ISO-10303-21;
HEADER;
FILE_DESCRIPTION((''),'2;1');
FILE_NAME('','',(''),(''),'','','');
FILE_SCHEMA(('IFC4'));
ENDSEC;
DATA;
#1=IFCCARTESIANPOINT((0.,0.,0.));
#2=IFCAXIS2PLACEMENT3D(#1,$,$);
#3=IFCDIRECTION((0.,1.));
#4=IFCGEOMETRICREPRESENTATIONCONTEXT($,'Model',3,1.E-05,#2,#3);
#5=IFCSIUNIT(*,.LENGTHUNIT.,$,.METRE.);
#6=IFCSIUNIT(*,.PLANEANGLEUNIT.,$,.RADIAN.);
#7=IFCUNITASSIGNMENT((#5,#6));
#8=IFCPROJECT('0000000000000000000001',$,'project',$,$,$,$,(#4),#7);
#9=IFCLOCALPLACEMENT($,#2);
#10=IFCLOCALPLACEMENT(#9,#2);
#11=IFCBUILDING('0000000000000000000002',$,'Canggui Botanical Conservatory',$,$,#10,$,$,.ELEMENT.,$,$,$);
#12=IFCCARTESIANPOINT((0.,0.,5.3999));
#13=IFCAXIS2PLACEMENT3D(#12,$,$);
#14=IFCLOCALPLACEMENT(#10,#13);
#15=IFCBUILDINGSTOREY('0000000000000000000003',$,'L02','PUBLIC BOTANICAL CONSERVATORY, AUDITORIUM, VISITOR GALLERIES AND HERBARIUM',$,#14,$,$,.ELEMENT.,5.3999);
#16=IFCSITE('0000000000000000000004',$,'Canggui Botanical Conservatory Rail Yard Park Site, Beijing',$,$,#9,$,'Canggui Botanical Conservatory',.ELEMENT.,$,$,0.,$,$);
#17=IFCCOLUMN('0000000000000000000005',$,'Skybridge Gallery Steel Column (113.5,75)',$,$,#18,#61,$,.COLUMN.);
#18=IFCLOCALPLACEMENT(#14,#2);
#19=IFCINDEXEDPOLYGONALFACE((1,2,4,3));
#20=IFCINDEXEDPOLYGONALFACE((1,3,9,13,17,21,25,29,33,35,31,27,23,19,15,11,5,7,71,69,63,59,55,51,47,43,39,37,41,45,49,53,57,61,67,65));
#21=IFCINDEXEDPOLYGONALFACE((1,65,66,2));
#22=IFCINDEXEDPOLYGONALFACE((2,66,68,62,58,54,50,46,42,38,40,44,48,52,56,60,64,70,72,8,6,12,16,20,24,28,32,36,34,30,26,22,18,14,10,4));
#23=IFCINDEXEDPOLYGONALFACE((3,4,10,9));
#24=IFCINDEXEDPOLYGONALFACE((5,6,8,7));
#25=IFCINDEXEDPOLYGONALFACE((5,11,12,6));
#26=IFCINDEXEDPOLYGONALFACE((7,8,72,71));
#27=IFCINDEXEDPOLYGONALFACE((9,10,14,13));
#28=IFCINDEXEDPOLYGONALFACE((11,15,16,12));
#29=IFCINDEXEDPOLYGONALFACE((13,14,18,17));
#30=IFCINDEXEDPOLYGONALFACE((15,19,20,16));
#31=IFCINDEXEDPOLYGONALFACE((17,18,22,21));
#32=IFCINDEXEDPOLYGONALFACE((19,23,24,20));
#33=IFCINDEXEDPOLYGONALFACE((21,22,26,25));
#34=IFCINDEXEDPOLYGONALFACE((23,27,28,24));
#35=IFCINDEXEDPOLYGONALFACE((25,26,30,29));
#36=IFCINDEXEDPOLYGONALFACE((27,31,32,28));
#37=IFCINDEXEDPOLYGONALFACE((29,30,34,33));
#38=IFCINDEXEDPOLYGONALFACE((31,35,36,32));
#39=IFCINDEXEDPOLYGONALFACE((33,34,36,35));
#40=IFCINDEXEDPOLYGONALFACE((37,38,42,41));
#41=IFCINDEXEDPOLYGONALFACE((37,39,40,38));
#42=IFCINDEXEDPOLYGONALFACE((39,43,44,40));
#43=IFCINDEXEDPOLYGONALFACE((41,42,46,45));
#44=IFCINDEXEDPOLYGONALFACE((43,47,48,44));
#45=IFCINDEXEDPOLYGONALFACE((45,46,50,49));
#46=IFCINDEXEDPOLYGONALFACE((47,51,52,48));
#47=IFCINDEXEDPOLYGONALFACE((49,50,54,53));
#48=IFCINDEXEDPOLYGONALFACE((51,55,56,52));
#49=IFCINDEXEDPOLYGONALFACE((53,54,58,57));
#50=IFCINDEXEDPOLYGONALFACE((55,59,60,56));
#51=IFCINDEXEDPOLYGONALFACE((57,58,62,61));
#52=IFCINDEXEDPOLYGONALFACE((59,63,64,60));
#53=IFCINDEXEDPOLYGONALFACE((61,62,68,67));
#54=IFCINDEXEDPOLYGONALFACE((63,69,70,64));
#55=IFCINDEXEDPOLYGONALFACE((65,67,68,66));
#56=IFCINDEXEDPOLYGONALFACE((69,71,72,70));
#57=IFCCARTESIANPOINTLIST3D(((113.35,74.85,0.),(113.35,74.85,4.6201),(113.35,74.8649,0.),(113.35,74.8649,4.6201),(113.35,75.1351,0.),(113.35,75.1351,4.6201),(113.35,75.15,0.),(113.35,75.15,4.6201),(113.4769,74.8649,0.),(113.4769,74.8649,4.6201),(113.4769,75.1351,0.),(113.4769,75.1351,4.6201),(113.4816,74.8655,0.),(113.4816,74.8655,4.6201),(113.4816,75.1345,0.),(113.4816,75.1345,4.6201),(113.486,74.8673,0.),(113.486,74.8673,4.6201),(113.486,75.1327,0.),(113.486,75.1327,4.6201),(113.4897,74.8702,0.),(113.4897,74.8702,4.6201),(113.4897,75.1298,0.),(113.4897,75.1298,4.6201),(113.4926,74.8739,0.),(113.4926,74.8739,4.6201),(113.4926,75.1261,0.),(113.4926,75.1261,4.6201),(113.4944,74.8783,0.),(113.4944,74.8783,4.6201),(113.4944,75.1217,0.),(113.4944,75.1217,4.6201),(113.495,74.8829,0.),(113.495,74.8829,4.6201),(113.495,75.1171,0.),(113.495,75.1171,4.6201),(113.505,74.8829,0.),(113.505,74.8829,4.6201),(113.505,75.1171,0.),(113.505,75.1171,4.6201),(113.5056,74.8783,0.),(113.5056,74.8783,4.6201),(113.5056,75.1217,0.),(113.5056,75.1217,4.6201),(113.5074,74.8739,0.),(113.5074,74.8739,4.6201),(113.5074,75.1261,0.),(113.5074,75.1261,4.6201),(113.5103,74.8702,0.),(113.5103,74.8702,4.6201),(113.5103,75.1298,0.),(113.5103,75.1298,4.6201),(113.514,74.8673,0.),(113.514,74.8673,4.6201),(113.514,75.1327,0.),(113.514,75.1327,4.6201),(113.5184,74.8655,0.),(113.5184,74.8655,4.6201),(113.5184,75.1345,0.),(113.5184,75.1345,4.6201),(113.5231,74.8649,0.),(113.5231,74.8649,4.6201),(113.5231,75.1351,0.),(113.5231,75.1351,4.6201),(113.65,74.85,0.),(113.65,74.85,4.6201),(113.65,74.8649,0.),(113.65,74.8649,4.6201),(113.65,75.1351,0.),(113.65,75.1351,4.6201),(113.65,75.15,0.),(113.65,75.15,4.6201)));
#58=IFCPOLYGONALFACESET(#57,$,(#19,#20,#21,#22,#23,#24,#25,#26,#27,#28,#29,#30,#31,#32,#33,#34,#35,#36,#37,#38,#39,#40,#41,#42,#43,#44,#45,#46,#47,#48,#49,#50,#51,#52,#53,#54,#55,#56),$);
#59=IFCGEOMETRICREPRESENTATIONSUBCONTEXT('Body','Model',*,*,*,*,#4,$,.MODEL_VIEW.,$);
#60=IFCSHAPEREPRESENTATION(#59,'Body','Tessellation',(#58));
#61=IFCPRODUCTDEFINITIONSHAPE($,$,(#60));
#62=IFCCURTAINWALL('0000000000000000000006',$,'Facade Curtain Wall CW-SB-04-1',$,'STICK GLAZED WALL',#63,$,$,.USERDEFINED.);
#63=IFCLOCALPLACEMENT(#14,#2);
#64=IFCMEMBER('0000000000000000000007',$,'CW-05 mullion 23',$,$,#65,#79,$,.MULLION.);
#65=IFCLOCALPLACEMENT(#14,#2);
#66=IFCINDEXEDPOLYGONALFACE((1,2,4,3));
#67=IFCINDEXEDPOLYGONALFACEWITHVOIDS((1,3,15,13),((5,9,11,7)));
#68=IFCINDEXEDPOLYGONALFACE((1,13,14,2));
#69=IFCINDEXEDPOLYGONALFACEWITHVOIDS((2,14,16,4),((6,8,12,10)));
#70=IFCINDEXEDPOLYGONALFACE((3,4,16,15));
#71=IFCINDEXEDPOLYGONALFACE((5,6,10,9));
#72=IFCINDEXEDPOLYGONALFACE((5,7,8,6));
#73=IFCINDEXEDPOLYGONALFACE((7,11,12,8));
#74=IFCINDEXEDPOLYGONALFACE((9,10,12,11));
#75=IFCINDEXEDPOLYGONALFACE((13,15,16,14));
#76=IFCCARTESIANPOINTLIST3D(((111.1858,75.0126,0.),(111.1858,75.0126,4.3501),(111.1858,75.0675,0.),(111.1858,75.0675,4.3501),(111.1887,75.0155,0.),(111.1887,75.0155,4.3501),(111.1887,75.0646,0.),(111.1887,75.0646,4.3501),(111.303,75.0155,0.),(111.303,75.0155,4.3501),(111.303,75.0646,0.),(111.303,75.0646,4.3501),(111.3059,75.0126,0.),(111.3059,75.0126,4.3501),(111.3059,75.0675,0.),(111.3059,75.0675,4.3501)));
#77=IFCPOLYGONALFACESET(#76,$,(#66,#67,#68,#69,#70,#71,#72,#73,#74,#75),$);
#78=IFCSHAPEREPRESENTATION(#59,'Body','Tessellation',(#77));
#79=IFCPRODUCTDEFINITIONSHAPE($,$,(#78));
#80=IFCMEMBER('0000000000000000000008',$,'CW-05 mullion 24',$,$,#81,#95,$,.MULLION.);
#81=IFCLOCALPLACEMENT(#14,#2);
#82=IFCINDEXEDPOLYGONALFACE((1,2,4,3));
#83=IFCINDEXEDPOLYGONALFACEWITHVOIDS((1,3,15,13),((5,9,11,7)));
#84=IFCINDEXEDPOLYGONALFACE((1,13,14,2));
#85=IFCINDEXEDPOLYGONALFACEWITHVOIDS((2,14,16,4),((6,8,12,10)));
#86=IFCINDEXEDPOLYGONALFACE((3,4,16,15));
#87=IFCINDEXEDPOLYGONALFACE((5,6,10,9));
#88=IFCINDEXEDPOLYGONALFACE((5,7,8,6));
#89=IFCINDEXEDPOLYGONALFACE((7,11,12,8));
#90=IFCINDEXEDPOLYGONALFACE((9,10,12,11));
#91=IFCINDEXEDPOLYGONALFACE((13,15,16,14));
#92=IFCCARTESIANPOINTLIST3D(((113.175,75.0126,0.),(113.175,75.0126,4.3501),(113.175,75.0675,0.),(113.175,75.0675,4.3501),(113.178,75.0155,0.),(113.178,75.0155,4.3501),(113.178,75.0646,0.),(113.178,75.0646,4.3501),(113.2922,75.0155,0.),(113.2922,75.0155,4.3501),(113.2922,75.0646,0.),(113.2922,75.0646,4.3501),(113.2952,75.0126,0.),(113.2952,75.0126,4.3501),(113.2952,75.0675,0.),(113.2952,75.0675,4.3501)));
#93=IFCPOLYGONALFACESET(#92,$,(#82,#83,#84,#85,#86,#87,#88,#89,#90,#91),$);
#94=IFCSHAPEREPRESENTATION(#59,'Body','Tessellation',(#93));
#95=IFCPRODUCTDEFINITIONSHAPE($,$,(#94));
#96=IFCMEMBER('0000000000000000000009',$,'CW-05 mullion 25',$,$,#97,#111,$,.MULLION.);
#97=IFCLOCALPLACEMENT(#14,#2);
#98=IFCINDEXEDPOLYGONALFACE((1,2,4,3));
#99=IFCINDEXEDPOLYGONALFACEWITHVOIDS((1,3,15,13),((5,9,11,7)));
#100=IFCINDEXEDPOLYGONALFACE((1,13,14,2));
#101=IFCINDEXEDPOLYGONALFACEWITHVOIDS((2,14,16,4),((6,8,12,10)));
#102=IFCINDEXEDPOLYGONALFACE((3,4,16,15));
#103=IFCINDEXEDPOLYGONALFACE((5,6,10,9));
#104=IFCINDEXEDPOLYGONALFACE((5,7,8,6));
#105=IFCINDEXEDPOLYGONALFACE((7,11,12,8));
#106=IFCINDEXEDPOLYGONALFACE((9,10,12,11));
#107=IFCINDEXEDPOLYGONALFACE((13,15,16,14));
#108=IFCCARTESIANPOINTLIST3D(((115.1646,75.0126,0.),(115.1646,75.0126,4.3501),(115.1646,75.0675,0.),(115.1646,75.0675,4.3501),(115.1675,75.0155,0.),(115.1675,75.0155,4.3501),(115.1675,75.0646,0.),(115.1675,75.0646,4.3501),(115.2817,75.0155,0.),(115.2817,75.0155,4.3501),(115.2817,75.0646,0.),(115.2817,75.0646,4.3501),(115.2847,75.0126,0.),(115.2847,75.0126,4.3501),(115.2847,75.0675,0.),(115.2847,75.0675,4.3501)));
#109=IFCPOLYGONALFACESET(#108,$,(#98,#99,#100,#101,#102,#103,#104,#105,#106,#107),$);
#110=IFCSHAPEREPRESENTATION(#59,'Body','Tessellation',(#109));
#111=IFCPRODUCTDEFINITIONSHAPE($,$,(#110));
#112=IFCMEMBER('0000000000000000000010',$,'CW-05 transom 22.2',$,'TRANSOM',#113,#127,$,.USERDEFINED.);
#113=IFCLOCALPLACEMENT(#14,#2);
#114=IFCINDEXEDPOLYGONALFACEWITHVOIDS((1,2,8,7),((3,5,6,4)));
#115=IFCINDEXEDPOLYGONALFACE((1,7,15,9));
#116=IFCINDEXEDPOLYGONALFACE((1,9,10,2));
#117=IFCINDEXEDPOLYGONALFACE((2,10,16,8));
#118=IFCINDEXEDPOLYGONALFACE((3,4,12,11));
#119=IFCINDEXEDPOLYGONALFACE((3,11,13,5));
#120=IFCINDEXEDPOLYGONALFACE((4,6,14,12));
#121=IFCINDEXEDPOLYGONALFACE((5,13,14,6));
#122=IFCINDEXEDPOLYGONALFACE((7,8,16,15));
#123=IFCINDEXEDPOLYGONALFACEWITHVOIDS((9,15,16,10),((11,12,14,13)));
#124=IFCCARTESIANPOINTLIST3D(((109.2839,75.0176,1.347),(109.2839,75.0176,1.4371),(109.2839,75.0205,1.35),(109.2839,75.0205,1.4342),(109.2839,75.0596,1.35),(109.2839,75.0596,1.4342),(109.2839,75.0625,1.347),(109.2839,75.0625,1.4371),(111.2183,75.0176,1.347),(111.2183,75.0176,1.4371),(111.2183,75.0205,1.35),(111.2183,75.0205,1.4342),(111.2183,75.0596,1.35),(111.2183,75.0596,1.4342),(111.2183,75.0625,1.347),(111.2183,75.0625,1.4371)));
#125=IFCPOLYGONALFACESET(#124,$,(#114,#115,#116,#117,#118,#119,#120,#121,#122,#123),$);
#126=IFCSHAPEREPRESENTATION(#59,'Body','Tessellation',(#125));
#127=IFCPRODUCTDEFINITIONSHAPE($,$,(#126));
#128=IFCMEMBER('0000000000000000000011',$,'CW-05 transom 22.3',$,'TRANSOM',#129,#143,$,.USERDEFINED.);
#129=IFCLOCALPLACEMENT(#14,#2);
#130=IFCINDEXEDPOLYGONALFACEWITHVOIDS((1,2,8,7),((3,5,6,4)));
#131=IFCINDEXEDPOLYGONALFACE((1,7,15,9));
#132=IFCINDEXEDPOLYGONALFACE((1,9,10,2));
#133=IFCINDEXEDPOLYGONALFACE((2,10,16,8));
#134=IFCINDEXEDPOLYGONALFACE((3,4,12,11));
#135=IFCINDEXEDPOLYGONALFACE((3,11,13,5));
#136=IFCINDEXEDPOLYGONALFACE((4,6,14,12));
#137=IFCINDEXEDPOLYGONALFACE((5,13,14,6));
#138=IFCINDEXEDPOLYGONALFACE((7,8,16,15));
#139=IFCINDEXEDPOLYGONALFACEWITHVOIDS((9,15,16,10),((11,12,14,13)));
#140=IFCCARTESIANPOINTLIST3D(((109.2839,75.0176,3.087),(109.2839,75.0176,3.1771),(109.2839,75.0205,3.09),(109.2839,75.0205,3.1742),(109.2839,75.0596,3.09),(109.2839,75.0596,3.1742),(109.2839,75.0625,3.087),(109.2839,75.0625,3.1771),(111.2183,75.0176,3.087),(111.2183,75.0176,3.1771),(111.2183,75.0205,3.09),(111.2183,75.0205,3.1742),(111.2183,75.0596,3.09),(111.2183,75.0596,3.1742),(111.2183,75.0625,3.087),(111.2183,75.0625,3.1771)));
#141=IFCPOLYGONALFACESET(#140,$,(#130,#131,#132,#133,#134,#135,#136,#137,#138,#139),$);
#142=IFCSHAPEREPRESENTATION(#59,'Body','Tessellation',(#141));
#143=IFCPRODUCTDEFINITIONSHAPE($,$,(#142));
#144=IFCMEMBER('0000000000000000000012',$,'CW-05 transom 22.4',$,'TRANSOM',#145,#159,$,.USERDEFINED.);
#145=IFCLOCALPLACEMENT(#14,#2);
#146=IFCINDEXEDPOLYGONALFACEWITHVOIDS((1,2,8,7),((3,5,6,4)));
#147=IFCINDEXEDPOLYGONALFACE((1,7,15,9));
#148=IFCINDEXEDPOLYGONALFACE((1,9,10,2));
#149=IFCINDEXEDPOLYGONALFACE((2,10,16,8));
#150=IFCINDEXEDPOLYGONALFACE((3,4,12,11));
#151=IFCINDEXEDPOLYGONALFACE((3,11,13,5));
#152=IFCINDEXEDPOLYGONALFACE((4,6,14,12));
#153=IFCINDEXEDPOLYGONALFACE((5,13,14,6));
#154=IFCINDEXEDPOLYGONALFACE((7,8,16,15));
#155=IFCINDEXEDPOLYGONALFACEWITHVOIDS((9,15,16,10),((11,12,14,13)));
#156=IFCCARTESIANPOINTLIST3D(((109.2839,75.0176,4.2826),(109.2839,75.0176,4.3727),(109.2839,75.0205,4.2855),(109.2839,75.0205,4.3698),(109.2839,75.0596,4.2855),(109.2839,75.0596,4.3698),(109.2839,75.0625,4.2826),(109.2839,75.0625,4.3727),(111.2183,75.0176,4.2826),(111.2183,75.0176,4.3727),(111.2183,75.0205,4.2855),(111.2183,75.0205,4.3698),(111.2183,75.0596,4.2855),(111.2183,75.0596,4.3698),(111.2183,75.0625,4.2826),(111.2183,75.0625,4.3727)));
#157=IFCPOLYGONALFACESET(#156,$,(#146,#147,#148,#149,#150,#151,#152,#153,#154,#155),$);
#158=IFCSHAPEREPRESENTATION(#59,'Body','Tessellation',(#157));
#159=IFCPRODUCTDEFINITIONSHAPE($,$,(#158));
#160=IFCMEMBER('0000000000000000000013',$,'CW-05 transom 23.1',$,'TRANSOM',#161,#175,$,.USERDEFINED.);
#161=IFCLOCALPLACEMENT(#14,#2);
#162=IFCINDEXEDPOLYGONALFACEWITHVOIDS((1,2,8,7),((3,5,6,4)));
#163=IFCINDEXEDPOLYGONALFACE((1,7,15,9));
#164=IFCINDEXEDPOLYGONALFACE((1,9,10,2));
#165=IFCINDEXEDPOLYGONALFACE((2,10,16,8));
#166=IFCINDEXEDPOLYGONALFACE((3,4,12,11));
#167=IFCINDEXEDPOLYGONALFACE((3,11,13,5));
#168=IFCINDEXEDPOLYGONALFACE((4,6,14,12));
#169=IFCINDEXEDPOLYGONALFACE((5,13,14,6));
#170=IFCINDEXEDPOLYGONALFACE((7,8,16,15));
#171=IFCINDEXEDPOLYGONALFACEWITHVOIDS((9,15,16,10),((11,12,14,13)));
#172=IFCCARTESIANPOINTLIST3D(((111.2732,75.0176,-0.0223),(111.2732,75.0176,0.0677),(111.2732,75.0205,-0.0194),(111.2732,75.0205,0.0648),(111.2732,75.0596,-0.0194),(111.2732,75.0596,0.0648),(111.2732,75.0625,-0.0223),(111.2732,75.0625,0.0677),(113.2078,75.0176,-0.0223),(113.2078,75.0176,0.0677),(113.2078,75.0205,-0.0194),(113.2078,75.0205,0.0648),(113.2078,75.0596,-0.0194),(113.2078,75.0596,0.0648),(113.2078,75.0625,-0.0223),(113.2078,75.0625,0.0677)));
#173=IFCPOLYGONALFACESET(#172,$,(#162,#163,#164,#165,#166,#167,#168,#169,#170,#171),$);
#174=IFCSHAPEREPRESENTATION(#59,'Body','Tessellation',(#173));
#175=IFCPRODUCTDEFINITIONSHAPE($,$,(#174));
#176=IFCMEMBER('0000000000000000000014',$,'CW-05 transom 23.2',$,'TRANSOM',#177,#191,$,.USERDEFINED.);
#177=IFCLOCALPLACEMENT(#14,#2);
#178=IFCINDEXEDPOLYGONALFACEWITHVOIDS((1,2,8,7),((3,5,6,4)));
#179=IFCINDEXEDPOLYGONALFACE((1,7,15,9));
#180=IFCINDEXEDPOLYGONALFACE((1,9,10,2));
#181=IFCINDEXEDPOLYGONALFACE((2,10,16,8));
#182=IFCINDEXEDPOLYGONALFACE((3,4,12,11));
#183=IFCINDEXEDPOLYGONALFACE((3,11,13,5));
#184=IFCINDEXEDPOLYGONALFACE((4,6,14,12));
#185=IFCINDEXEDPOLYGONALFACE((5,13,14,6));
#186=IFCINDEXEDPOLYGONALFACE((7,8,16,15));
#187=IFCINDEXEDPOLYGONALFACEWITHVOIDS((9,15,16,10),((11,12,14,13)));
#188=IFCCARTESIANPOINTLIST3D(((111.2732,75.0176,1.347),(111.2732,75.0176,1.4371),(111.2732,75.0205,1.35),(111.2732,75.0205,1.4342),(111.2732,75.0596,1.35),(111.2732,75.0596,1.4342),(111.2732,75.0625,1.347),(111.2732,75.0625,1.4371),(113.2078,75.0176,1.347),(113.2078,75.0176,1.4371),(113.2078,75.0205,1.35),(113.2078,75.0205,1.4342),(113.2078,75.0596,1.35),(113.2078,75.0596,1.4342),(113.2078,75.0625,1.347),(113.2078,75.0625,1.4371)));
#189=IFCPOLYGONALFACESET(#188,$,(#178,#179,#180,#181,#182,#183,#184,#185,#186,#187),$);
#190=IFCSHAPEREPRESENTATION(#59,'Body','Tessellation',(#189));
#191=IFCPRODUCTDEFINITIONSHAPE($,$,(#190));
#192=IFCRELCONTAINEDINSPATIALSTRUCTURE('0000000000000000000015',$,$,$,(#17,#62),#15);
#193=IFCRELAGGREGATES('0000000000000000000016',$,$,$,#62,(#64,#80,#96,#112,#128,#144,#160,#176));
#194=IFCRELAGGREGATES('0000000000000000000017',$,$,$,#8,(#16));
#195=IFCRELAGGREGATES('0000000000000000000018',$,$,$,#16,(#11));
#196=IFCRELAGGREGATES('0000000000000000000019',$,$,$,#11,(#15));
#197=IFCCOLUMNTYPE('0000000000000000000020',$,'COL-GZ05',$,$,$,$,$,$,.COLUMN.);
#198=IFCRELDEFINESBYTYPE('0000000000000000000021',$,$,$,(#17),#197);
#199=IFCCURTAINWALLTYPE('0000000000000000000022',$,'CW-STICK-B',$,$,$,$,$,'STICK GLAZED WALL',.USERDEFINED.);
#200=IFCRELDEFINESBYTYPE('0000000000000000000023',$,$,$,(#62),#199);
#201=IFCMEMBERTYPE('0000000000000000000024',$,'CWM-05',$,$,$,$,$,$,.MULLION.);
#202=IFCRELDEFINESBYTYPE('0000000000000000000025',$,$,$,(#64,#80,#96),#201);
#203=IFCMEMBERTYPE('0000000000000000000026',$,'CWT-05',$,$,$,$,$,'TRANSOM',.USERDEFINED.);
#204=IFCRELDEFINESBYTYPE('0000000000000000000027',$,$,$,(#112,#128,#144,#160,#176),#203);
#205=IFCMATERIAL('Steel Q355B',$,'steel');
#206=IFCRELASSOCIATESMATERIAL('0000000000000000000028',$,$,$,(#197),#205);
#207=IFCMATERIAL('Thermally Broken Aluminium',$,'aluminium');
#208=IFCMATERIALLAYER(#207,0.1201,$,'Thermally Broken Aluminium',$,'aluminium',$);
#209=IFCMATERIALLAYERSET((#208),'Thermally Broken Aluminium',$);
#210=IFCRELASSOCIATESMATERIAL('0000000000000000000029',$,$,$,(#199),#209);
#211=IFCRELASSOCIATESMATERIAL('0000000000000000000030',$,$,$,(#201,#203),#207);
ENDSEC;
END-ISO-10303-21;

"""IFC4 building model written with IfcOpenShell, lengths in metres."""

from ifc_helpers import new_model, si_unit, direction, frame, origin, origin_2d, place, context, subcontext, project, spatial, hollow_rectangle, i_section, extrude, material, layer, layer_set, material_profile, profile_set, type_object, element, aggregate, save


model = new_model("IFC4")

# Units and contexts
model_context = context("Model", 3, precision=1e-05, world=origin(), true_north=direction((0.0, 1.0)))
body_context = subcontext(model_context, "Body", "Model", "MODEL_VIEW")
ifc_project = project(units=[si_unit("LENGTHUNIT", "METRE"), si_unit("PLANEANGLEUNIT", "RADIAN")], contexts=[model_context])

# Site, building, storey
site_placement = place(None, origin())
site = spatial("IfcSite", under=ifc_project, at=site_placement, Name="Canggui Botanical Conservatory Rail Yard Park Site, Beijing", LongName="Canggui Botanical Conservatory", CompositionType="ELEMENT", RefElevation=0.0)
building_placement = place(site_placement, origin())
building = spatial("IfcBuilding", under=site, at=building_placement, Name="Canggui Botanical Conservatory", CompositionType="ELEMENT")
storey_placement = place(building_placement, frame((0.0, 0.0, 5.3999)))
storey = spatial("IfcBuildingStorey", under=building, at=storey_placement, Name="L02", Description="PUBLIC BOTANICAL CONSERVATORY, AUDITORIUM, VISITOR GALLERIES AND HERBARIUM", CompositionType="ELEMENT", Elevation=5.3999)

# Column
ifc_material_1 = material(Name="Steel Q355B", Category="steel")
ifc_material_profile_1 = material_profile(ifc_material_1, i_section(OverallWidth=0.3, OverallDepth=0.3, WebThickness=0.01, FlangeThickness=0.0149, FilletRadius=0.0181, at=origin_2d()), Name="HW 300x300x10x15")
ifc_profile_set_1 = profile_set([ifc_material_profile_1], Name="Steel Q355B")
column_type = type_object("IfcColumnType", Name="COL-GZ05", PredefinedType="COLUMN", material=ifc_profile_set_1)
column_placement = place(storey_placement, frame((113.5, 75.0, 0.0), z_axis=(0.0, 0.0, 1.0), x_axis=(1.0, 0.0, 0.0)))
element("IfcColumn", 1, at=column_placement, inside=storey, type_object=column_type, Name="Skybridge Gallery Steel Column (113.5,75)", PredefinedType="COLUMN", context=body_context, shape_type="SweptSolid", body=[
    extrude(i_section(OverallWidth=0.3, OverallDepth=0.3, WebThickness=0.01, FlangeThickness=0.0149, FilletRadius=0.0181, at=origin_2d()), origin(), (0.0, 0.0, 1.0), 4.6201),
])

# Curtain wall, members
ifc_material_2 = material(Name="Thermally Broken Aluminium", Category="aluminium")
ifc_layer_1 = layer(ifc_material_2, 0.1201, Name="Thermally Broken Aluminium", Category="aluminium")
ifc_layer_set_1 = layer_set([ifc_layer_1], Name="Thermally Broken Aluminium")
curtain_wall_type = type_object("IfcCurtainWallType", Name="CW-STICK-B", ElementType="STICK GLAZED WALL", PredefinedType="USERDEFINED", material=ifc_layer_set_1)
curtain_wall_placement = place(storey_placement, origin())
curtain_wall = element("IfcCurtainWall", 2, at=curtain_wall_placement, inside=storey, type_object=curtain_wall_type, Name="Facade Curtain Wall CW-SB-04-1", ObjectType="STICK GLAZED WALL", PredefinedType="USERDEFINED")
ifc_material_profile_2 = material_profile(ifc_material_2, hollow_rectangle(XDim=0.0549, YDim=0.1201, WallThickness=0.0029, at=origin_2d()), Name="CWM 55x120x3")
ifc_profile_set_2 = profile_set([ifc_material_profile_2], Name="Thermally Broken Aluminium")
member_type_1 = type_object("IfcMemberType", Name="CWM-05", PredefinedType="MULLION", material=ifc_profile_set_2)
member_1_placement = place(storey_placement, frame((111.2458, 75.04, 0.0), z_axis=(0.0, 0.0, 1.0), x_axis=(0.0, 1.0, 0.0)))
member_1 = element("IfcMember", 3, at=member_1_placement, type_object=member_type_1, Name="CW-05 mullion 23", PredefinedType="MULLION", context=body_context, shape_type="SweptSolid", body=[
    extrude(hollow_rectangle(XDim=0.0549, YDim=0.1201, WallThickness=0.0029, at=origin_2d()), origin(), (0.0, 0.0, 1.0), 4.3501),
])
member_2_placement = place(storey_placement, frame((113.2351, 75.04, 0.0), z_axis=(0.0, 0.0, 1.0), x_axis=(0.0, 1.0, 0.0)))
member_2 = element("IfcMember", 4, at=member_2_placement, type_object=member_type_1, Name="CW-05 mullion 24", PredefinedType="MULLION", context=body_context, shape_type="SweptSolid", body=[
    extrude(hollow_rectangle(XDim=0.0549, YDim=0.1201, WallThickness=0.0029, at=origin_2d()), origin(), (0.0, 0.0, 1.0), 4.3501),
])
member_3_placement = place(storey_placement, frame((115.2246, 75.04, 0.0), z_axis=(0.0, 0.0, 1.0), x_axis=(0.0, 1.0, 0.0)))
member_3 = element("IfcMember", 5, at=member_3_placement, type_object=member_type_1, Name="CW-05 mullion 25", PredefinedType="MULLION", context=body_context, shape_type="SweptSolid", body=[
    extrude(hollow_rectangle(XDim=0.0549, YDim=0.1201, WallThickness=0.0029, at=origin_2d()), origin(), (0.0, 0.0, 1.0), 4.3501),
])
ifc_material_profile_3 = material_profile(ifc_material_2, hollow_rectangle(XDim=0.0449, YDim=0.0901, WallThickness=0.0029, at=origin_2d()), Name="CWT 45x90x3")
ifc_profile_set_3 = profile_set([ifc_material_profile_3], Name="Thermally Broken Aluminium")
member_type_2 = type_object("IfcMemberType", Name="CWT-05", ElementType="TRANSOM", PredefinedType="USERDEFINED", material=ifc_profile_set_3)
member_4_placement = place(storey_placement, frame((109.2839, 75.04, 1.3921), z_axis=(1.0, 0.0, 0.0), x_axis=(0.0, 1.0, 0.0)))
member_4 = element("IfcMember", 6, at=member_4_placement, type_object=member_type_2, Name="CW-05 transom 22.2", ObjectType="TRANSOM", PredefinedType="USERDEFINED", context=body_context, shape_type="SweptSolid", body=[
    extrude(hollow_rectangle(XDim=0.0449, YDim=0.0901, WallThickness=0.0029, at=origin_2d()), origin(), (0.0, 0.0, 1.0), 1.9343),
])
member_5_placement = place(storey_placement, frame((109.2839, 75.04, 3.1321), z_axis=(1.0, 0.0, 0.0), x_axis=(0.0, 1.0, 0.0)))
member_5 = element("IfcMember", 7, at=member_5_placement, type_object=member_type_2, Name="CW-05 transom 22.3", ObjectType="TRANSOM", PredefinedType="USERDEFINED", context=body_context, shape_type="SweptSolid", body=[
    extrude(hollow_rectangle(XDim=0.0449, YDim=0.0901, WallThickness=0.0029, at=origin_2d()), origin(), (0.0, 0.0, 1.0), 1.9343),
])
member_6_placement = place(storey_placement, frame((109.2839, 75.04, 4.3276), z_axis=(1.0, 0.0, 0.0), x_axis=(0.0, 1.0, 0.0)))
member_6 = element("IfcMember", 8, at=member_6_placement, type_object=member_type_2, Name="CW-05 transom 22.4", ObjectType="TRANSOM", PredefinedType="USERDEFINED", context=body_context, shape_type="SweptSolid", body=[
    extrude(hollow_rectangle(XDim=0.0449, YDim=0.0901, WallThickness=0.0029, at=origin_2d()), origin(), (0.0, 0.0, 1.0), 1.9343),
])
member_7_placement = place(storey_placement, frame((111.2732, 75.04, 0.0227), z_axis=(1.0, 0.0, 0.0), x_axis=(0.0, 1.0, 0.0)))
member_7 = element("IfcMember", 9, at=member_7_placement, type_object=member_type_2, Name="CW-05 transom 23.1", ObjectType="TRANSOM", PredefinedType="USERDEFINED", context=body_context, shape_type="SweptSolid", body=[
    extrude(hollow_rectangle(XDim=0.0449, YDim=0.0901, WallThickness=0.0029, at=origin_2d()), origin(), (0.0, 0.0, 1.0), 1.9346),
])
member_8_placement = place(storey_placement, frame((111.2732, 75.04, 1.3921), z_axis=(1.0, 0.0, 0.0), x_axis=(0.0, 1.0, 0.0)))
member_8 = element("IfcMember", 10, at=member_8_placement, type_object=member_type_2, Name="CW-05 transom 23.2", ObjectType="TRANSOM", PredefinedType="USERDEFINED", context=body_context, shape_type="SweptSolid", body=[
    extrude(hollow_rectangle(XDim=0.0449, YDim=0.0901, WallThickness=0.0029, at=origin_2d()), origin(), (0.0, 0.0, 1.0), 1.9346),
])

aggregate(curtain_wall, [member_1, member_2, member_3, member_4, member_5, member_6, member_7, member_8])

save(model, "model.ifc")
